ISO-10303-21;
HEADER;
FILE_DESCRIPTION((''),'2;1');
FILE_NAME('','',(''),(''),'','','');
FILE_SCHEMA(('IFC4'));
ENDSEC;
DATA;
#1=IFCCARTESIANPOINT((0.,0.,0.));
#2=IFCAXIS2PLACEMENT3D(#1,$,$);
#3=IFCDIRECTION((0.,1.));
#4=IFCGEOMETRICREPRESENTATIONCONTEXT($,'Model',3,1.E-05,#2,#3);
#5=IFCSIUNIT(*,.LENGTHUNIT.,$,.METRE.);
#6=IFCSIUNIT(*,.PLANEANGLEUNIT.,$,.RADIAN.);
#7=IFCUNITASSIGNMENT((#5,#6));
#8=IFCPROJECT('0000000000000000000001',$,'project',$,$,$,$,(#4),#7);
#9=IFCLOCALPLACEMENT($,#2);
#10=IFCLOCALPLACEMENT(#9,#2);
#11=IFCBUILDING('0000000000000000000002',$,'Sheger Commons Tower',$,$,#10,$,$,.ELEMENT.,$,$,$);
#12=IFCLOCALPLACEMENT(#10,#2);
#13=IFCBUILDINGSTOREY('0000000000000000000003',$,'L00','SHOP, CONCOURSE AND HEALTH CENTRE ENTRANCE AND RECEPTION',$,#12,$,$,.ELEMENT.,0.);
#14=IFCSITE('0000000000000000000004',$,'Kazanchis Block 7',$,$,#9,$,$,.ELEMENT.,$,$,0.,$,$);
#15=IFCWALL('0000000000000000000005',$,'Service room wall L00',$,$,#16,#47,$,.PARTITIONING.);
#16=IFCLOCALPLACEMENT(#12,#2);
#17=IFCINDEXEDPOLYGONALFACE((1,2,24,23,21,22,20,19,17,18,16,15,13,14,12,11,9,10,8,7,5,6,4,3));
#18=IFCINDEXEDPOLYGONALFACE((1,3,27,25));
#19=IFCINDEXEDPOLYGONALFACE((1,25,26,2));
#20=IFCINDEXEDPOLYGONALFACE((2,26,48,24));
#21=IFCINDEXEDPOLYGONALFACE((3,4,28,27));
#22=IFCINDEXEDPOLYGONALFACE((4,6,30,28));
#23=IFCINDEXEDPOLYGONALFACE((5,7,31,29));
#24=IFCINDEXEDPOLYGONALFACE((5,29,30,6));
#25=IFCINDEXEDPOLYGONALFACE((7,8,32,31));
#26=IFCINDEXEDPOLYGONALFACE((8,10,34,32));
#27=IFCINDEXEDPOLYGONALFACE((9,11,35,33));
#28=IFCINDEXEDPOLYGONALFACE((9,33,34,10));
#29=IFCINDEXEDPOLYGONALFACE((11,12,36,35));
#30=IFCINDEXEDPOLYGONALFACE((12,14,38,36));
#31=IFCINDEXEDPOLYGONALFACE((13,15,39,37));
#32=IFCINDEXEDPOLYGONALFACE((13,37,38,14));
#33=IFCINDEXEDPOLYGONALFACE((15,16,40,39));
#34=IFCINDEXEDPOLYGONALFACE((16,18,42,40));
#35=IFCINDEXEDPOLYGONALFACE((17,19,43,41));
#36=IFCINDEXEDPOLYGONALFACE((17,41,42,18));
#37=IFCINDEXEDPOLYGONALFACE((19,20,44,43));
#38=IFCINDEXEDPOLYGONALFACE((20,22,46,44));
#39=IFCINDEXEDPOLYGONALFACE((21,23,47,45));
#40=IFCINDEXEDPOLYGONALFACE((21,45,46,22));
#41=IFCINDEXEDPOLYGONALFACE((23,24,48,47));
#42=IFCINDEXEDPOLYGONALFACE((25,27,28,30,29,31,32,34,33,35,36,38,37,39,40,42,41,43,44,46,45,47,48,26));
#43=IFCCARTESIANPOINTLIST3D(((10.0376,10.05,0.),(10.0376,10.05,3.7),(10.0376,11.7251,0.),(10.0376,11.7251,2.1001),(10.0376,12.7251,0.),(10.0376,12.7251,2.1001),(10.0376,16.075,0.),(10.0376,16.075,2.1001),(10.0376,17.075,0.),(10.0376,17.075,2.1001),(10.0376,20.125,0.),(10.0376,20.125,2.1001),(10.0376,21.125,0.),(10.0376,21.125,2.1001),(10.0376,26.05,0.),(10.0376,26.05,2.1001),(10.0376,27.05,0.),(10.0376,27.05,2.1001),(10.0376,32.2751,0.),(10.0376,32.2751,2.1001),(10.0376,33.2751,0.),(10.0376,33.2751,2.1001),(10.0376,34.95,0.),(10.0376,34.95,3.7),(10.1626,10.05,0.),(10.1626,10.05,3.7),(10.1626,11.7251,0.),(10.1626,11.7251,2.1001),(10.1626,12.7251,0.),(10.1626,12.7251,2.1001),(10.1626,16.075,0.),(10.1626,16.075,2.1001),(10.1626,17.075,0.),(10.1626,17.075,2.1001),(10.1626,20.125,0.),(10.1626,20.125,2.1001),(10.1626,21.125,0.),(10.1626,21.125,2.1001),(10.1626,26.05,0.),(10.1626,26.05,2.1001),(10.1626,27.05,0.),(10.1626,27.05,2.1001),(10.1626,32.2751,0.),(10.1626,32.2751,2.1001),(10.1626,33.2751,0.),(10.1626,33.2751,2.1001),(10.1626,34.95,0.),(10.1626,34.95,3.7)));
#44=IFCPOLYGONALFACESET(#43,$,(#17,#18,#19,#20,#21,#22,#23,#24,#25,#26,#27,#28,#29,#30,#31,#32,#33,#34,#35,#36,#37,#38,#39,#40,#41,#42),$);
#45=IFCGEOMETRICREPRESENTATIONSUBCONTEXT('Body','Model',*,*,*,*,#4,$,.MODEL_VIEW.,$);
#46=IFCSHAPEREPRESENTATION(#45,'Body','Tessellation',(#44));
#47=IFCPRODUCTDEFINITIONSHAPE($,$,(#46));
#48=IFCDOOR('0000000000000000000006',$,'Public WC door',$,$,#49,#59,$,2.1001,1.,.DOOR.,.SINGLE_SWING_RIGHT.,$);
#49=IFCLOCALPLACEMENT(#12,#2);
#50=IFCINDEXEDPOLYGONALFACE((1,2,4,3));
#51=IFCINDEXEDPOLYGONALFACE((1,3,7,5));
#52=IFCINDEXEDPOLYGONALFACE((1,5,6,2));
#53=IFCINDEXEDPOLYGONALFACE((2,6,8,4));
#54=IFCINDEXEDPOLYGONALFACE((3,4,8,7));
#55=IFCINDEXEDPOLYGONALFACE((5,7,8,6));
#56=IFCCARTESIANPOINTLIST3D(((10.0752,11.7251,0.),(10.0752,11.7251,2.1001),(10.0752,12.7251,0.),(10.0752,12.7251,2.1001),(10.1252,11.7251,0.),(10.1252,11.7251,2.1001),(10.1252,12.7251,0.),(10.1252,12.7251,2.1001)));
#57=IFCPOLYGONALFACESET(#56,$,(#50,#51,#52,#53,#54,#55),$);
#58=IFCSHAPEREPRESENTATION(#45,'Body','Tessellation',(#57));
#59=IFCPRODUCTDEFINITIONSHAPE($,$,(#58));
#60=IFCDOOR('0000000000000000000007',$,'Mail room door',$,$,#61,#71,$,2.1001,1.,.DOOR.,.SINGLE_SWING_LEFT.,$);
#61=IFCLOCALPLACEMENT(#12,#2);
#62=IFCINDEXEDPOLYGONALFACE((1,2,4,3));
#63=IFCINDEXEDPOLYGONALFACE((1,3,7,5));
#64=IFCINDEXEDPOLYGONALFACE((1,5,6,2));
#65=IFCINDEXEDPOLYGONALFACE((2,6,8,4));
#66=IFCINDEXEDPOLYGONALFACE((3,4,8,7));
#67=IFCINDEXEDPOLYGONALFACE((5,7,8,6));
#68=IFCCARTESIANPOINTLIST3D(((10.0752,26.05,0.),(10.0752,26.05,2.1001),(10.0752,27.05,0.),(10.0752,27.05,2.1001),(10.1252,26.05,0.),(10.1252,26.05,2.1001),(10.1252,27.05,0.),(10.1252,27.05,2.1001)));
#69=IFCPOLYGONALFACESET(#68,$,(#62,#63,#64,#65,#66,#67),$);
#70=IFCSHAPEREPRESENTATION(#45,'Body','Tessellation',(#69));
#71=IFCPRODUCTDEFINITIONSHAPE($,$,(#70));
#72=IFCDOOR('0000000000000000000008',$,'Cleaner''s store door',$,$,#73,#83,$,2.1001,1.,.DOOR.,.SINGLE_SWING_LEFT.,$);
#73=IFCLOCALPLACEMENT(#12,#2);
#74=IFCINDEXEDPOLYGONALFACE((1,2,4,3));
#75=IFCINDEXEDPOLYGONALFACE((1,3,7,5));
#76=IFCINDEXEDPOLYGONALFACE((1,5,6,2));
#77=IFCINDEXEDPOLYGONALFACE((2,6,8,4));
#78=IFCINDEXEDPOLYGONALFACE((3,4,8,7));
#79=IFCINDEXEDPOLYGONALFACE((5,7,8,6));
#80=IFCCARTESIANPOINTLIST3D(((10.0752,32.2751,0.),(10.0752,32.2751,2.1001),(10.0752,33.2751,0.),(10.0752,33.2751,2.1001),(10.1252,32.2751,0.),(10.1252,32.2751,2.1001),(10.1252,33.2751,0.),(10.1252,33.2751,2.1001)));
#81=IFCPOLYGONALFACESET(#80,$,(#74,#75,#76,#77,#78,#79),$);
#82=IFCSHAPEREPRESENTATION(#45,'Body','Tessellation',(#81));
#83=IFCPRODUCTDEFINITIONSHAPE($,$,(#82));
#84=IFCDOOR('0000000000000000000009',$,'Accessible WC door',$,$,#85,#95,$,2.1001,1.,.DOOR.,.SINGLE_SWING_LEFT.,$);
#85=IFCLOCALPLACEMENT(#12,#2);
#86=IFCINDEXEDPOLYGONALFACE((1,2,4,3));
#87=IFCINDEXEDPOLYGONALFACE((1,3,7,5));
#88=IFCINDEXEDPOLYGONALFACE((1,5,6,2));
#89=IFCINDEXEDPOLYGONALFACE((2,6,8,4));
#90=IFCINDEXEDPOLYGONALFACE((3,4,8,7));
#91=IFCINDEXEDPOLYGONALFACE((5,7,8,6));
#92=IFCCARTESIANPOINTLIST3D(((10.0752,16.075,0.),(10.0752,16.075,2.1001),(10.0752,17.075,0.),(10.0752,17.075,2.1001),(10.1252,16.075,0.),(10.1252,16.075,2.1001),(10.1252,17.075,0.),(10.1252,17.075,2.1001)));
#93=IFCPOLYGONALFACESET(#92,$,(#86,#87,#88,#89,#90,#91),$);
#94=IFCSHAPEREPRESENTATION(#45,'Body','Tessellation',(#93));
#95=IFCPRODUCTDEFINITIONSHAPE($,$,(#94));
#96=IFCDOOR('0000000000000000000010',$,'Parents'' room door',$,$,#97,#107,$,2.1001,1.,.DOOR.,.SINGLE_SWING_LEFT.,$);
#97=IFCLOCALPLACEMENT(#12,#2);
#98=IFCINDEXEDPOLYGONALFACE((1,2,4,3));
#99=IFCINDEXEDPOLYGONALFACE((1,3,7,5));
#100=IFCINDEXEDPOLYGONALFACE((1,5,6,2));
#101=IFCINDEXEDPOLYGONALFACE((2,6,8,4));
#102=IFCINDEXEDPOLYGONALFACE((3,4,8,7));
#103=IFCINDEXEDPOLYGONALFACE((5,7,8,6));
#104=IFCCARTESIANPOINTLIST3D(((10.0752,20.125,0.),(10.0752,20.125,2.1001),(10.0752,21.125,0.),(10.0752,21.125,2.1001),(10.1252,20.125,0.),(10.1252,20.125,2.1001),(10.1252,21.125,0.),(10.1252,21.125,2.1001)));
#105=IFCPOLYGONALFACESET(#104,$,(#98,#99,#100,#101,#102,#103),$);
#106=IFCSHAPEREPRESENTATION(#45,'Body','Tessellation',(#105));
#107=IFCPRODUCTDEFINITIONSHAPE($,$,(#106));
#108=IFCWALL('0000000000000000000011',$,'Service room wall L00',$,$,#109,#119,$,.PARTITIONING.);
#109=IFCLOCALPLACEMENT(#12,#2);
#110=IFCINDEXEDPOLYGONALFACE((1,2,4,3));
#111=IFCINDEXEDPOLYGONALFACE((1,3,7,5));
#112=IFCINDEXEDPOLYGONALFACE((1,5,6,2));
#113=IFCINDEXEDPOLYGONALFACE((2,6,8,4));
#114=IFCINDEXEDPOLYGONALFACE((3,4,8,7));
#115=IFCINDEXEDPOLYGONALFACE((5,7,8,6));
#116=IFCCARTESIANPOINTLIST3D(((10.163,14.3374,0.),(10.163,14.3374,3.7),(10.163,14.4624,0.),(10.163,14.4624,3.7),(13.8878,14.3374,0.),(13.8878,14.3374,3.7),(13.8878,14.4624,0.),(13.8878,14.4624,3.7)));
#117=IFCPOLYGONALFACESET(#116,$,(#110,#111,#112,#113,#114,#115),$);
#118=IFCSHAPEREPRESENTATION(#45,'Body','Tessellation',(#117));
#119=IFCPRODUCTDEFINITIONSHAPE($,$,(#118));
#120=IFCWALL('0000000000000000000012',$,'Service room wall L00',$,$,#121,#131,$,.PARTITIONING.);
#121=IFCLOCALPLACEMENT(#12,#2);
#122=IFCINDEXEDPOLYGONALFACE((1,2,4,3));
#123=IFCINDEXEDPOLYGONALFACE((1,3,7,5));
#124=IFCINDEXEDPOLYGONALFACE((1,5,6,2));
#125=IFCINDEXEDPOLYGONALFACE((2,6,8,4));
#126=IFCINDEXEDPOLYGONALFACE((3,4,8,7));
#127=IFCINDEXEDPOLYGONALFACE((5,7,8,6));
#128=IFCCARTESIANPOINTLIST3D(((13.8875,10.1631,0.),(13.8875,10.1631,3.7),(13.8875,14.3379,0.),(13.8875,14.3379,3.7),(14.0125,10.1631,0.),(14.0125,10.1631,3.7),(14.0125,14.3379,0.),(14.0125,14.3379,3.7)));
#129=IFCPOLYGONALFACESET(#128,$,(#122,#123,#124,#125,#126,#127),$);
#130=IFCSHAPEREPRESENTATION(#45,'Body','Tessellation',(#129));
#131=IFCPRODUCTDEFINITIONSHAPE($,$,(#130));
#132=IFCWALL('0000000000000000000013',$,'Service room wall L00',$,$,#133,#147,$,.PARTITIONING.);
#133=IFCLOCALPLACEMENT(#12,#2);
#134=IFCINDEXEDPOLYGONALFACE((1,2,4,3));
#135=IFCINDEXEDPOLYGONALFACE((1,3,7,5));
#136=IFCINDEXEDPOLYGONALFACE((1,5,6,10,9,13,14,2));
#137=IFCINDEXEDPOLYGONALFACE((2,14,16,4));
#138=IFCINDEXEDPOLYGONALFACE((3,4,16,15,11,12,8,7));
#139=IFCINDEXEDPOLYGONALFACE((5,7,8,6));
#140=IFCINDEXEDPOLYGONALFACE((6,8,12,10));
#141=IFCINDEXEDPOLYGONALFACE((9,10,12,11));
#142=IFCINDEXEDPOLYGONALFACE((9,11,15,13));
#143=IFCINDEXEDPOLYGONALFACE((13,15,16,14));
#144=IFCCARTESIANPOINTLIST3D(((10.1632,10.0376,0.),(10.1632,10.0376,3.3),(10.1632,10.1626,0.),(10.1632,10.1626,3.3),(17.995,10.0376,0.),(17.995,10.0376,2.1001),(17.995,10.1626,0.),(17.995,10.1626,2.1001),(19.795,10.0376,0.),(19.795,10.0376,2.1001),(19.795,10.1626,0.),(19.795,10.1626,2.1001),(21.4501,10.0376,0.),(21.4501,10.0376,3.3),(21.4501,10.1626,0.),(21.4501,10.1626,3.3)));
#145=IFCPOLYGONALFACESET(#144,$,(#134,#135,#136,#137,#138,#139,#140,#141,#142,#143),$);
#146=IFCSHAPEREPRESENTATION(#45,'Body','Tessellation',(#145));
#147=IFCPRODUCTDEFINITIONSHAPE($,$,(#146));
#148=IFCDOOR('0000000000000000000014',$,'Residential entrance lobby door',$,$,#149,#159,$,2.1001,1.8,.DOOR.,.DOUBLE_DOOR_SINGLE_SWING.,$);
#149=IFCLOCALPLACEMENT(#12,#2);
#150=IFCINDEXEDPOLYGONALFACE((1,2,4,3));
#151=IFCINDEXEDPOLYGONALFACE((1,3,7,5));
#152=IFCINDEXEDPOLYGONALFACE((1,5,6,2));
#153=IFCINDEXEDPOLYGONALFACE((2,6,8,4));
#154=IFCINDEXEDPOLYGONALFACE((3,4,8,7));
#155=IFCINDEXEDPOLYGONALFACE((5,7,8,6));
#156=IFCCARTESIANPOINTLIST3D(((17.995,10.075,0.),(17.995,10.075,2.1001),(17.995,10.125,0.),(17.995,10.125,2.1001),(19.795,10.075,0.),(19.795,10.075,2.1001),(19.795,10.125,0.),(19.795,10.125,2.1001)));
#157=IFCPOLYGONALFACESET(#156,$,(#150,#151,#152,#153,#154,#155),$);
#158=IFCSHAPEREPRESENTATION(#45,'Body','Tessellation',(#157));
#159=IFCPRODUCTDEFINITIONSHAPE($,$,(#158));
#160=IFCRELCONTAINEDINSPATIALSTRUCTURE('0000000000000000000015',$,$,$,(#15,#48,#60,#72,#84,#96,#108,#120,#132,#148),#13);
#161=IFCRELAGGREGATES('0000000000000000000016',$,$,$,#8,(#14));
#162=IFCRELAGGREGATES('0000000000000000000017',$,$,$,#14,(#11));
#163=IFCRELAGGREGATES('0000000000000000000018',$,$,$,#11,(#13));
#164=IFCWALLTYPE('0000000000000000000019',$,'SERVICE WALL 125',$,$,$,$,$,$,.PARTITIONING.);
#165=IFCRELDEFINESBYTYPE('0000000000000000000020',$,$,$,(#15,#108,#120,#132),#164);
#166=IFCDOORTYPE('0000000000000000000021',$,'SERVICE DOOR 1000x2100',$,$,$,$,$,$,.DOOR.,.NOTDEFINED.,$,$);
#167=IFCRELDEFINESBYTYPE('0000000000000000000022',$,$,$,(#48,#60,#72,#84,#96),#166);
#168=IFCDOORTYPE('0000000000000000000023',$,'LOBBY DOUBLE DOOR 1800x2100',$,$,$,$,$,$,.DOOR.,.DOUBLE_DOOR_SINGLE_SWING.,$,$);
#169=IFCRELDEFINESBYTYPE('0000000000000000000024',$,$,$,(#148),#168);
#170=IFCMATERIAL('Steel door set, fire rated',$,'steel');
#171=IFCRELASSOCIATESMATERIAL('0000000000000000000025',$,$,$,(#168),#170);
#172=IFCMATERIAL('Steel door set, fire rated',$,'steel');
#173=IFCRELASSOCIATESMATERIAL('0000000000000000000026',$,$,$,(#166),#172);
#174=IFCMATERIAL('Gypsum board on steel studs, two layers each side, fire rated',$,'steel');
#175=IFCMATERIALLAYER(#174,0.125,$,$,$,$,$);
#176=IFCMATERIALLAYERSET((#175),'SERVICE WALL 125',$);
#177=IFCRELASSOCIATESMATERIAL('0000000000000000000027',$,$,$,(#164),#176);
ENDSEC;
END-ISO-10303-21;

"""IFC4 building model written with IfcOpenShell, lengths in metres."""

from ifc_helpers import new_model, si_unit, direction, frame, frame_2d, origin, place, context, subcontext, project, spatial, rectangle, extrude, material, layer, layer_set, type_object, element, fill, save


model = new_model("IFC4")

# Units and contexts
model_context = context("Model", 3, precision=1e-05, world=origin(), true_north=direction((0.0, 1.0)))
body_context = subcontext(model_context, "Body", "Model", "MODEL_VIEW")
ifc_project = project(units=[si_unit("LENGTHUNIT", "METRE"), si_unit("PLANEANGLEUNIT", "RADIAN")], contexts=[model_context])

# Site, building, storey
site_placement = place(None, origin())
site = spatial("IfcSite", under=ifc_project, at=site_placement, Name="Kazanchis Block 7", CompositionType="ELEMENT", RefElevation=0.0)
building_placement = place(site_placement, origin())
building = spatial("IfcBuilding", under=site, at=building_placement, Name="Sheger Commons Tower", CompositionType="ELEMENT")
storey_placement = place(building_placement, origin())
storey = spatial("IfcBuildingStorey", under=building, at=storey_placement, Name="L00", Description="SHOP, CONCOURSE AND HEALTH CENTRE ENTRANCE AND RECEPTION", CompositionType="ELEMENT", Elevation=0.0)

# Shared definitions
ifc_material_1 = material(Name="Steel door set, fire rated", Category="steel")
door_type_1 = type_object("IfcDoorType", Name="LOBBY DOUBLE DOOR 1800x2100", OperationType="DOUBLE_DOOR_SINGLE_SWING", PredefinedType="DOOR", material=ifc_material_1)

# Shared definitions
ifc_material_2 = material(Name="Steel door set, fire rated", Category="steel")
door_type_2 = type_object("IfcDoorType", Name="SERVICE DOOR 1000x2100", OperationType="NOTDEFINED", PredefinedType="DOOR", material=ifc_material_2)

# Wall, openings, doors
ifc_material_3 = material(Name="Gypsum board on steel studs, two layers each side, fire rated", Category="steel")
ifc_layer_1 = layer(ifc_material_3, 0.125)
ifc_layer_set_1 = layer_set([ifc_layer_1], Name="SERVICE WALL 125")
wall_type_1 = type_object("IfcWallType", Name="SERVICE WALL 125", PredefinedType="PARTITIONING", material=ifc_layer_set_1)
wall_1_placement = place(storey_placement, frame((10.1001, 10.05, 0.0), z_axis=(0.0, 0.0, 1.0), x_axis=(0.0, 1.0, 0.0)))
wall_1 = element("IfcWall", 1, at=wall_1_placement, inside=storey, type_object=wall_type_1, Name="Service room wall L00", PredefinedType="PARTITIONING", context=body_context, shape_type="SweptSolid", body=[
    extrude(rectangle(XDim=24.8999, YDim=0.125, at=frame_2d((12.45, 0.0))), origin(), (0.0, 0.0, 1.0), 3.7),
])
opening_1_placement = place(wall_1_placement, frame((1.675, 0.0, 0.0)))
opening_1 = element("IfcOpeningElement", 2, at=opening_1_placement, cuts=wall_1, PredefinedType="OPENING", context=body_context, shape_type="SweptSolid", body=[
    extrude(rectangle(XDim=1.0, YDim=2.1001, at=frame_2d((0.5, 1.05))), frame((0.0, 0.0725, 0.0), z_axis=(0.0, -1.0, 0.0), x_axis=(1.0, 0.0, 0.0)), (0.0, 0.0, 1.0), 0.145),
])
opening_2_placement = place(wall_1_placement, frame((16.0, 0.0, 0.0)))
opening_2 = element("IfcOpeningElement", 3, at=opening_2_placement, cuts=wall_1, PredefinedType="OPENING", context=body_context, shape_type="SweptSolid", body=[
    extrude(rectangle(XDim=1.0, YDim=2.1001, at=frame_2d((0.5, 1.05))), frame((0.0, 0.0725, 0.0), z_axis=(0.0, -1.0, 0.0), x_axis=(1.0, 0.0, 0.0)), (0.0, 0.0, 1.0), 0.145),
])
opening_3_placement = place(wall_1_placement, frame((22.2251, 0.0, 0.0)))
opening_3 = element("IfcOpeningElement", 4, at=opening_3_placement, cuts=wall_1, PredefinedType="OPENING", context=body_context, shape_type="SweptSolid", body=[
    extrude(rectangle(XDim=1.0, YDim=2.1001, at=frame_2d((0.5, 1.05))), frame((0.0, 0.0725, 0.0), z_axis=(0.0, -1.0, 0.0), x_axis=(1.0, 0.0, 0.0)), (0.0, 0.0, 1.0), 0.145),
])
opening_4_placement = place(wall_1_placement, frame((6.0249, 0.0, 0.0)))
opening_4 = element("IfcOpeningElement", 5, at=opening_4_placement, cuts=wall_1, PredefinedType="OPENING", context=body_context, shape_type="SweptSolid", body=[
    extrude(rectangle(XDim=1.0, YDim=2.1001, at=frame_2d((0.5, 1.05))), frame((0.0, 0.0725, 0.0), z_axis=(0.0, -1.0, 0.0), x_axis=(1.0, 0.0, 0.0)), (0.0, 0.0, 1.0), 0.145),
])
opening_5_placement = place(wall_1_placement, frame((10.075, 0.0, 0.0)))
opening_5 = element("IfcOpeningElement", 6, at=opening_5_placement, cuts=wall_1, PredefinedType="OPENING", context=body_context, shape_type="SweptSolid", body=[
    extrude(rectangle(XDim=1.0, YDim=2.1001, at=frame_2d((0.5, 1.05))), frame((0.0, 0.0725, 0.0), z_axis=(0.0, -1.0, 0.0), x_axis=(1.0, 0.0, 0.0)), (0.0, 0.0, 1.0), 0.145),
])
door_1_placement = place(opening_1_placement, origin())
door_1 = element("IfcDoor", 7, at=door_1_placement, inside=storey, type_object=door_type_2, Name="Public WC door", OperationType="SINGLE_SWING_RIGHT", OverallHeight=2.1001, OverallWidth=1.0, PredefinedType="DOOR", context=body_context, shape_type="SweptSolid", body=[
    extrude(rectangle(XDim=1.0, YDim=2.1001, at=frame_2d((0.5, 1.05))), frame((0.0, 0.0249, 0.0), z_axis=(0.0, -1.0, 0.0), x_axis=(1.0, 0.0, 0.0)), (0.0, 0.0, 1.0), 0.05),
])
fill(opening_1, door_1)
door_2_placement = place(opening_2_placement, origin())
door_2 = element("IfcDoor", 8, at=door_2_placement, inside=storey, type_object=door_type_2, Name="Mail room door", OperationType="SINGLE_SWING_LEFT", OverallHeight=2.1001, OverallWidth=1.0, PredefinedType="DOOR", context=body_context, shape_type="SweptSolid", body=[
    extrude(rectangle(XDim=1.0, YDim=2.1001, at=frame_2d((0.5, 1.05))), frame((0.0, 0.0249, 0.0), z_axis=(0.0, -1.0, 0.0), x_axis=(1.0, 0.0, 0.0)), (0.0, 0.0, 1.0), 0.05),
])
fill(opening_2, door_2)
door_3_placement = place(opening_3_placement, origin())
door_3 = element("IfcDoor", 9, at=door_3_placement, inside=storey, type_object=door_type_2, Name="Cleaner's store door", OperationType="SINGLE_SWING_LEFT", OverallHeight=2.1001, OverallWidth=1.0, PredefinedType="DOOR", context=body_context, shape_type="SweptSolid", body=[
    extrude(rectangle(XDim=1.0, YDim=2.1001, at=frame_2d((0.5, 1.05))), frame((0.0, 0.0249, 0.0), z_axis=(0.0, -1.0, 0.0), x_axis=(1.0, 0.0, 0.0)), (0.0, 0.0, 1.0), 0.05),
])
fill(opening_3, door_3)
door_4_placement = place(opening_4_placement, origin())
door_4 = element("IfcDoor", 10, at=door_4_placement, inside=storey, type_object=door_type_2, Name="Accessible WC door", OperationType="SINGLE_SWING_LEFT", OverallHeight=2.1001, OverallWidth=1.0, PredefinedType="DOOR", context=body_context, shape_type="SweptSolid", body=[
    extrude(rectangle(XDim=1.0, YDim=2.1001, at=frame_2d((0.5, 1.05))), frame((0.0, 0.0249, 0.0), z_axis=(0.0, -1.0, 0.0), x_axis=(1.0, 0.0, 0.0)), (0.0, 0.0, 1.0), 0.05),
])
fill(opening_4, door_4)
door_5_placement = place(opening_5_placement, origin())
door_5 = element("IfcDoor", 11, at=door_5_placement, inside=storey, type_object=door_type_2, Name="Parents' room door", OperationType="SINGLE_SWING_LEFT", OverallHeight=2.1001, OverallWidth=1.0, PredefinedType="DOOR", context=body_context, shape_type="SweptSolid", body=[
    extrude(rectangle(XDim=1.0, YDim=2.1001, at=frame_2d((0.5, 1.05))), frame((0.0, 0.0249, 0.0), z_axis=(0.0, -1.0, 0.0), x_axis=(1.0, 0.0, 0.0)), (0.0, 0.0, 1.0), 0.05),
])
fill(opening_5, door_5)

# Walls
wall_2_placement = place(storey_placement, frame((10.1631, 14.3999, 0.0), z_axis=(0.0, 0.0, 1.0), x_axis=(1.0, 0.0, 0.0)))
element("IfcWall", 12, at=wall_2_placement, inside=storey, type_object=wall_type_1, Name="Service room wall L00", PredefinedType="PARTITIONING", context=body_context, shape_type="SweptSolid", body=[
    extrude(rectangle(XDim=3.7249, YDim=0.125, at=frame_2d((1.8623, 0.0))), origin(), (0.0, 0.0, 1.0), 3.7),
])
wall_3_placement = place(storey_placement, frame((13.95, 10.1631, 0.0), z_axis=(0.0, 0.0, 1.0), x_axis=(0.0, 1.0, 0.0)))
element("IfcWall", 13, at=wall_3_placement, inside=storey, type_object=wall_type_1, Name="Service room wall L00", PredefinedType="PARTITIONING", context=body_context, shape_type="SweptSolid", body=[
    extrude(rectangle(XDim=4.1748, YDim=0.125, at=frame_2d((2.0874, 0.0))), origin(), (0.0, 0.0, 1.0), 3.7),
])

# Wall, opening, door
wall_4_placement = place(storey_placement, frame((10.1631, 10.1001, 0.0), z_axis=(0.0, 0.0, 1.0), x_axis=(1.0, 0.0, 0.0)))
wall_4 = element("IfcWall", 14, at=wall_4_placement, inside=storey, type_object=wall_type_1, Name="Service room wall L00", PredefinedType="PARTITIONING", context=body_context, shape_type="SweptSolid", body=[
    extrude(rectangle(XDim=11.2869, YDim=0.125, at=frame_2d((5.6436, 0.0))), origin(), (0.0, 0.0, 1.0), 3.3),
])
opening_6_placement = place(wall_4_placement, frame((7.832, 0.0, 0.0)))
opening_6 = element("IfcOpeningElement", 15, at=opening_6_placement, cuts=wall_4, PredefinedType="OPENING", context=body_context, shape_type="SweptSolid", body=[
    extrude(rectangle(XDim=1.8, YDim=2.1001, at=frame_2d((0.8999, 1.05))), frame((0.0, 0.0725, 0.0), z_axis=(0.0, -1.0, 0.0), x_axis=(1.0, 0.0, 0.0)), (0.0, 0.0, 1.0), 0.145),
])
door_6_placement = place(opening_6_placement, origin())
door_6 = element("IfcDoor", 16, at=door_6_placement, inside=storey, type_object=door_type_1, Name="Residential entrance lobby door", OperationType="DOUBLE_DOOR_SINGLE_SWING", OverallHeight=2.1001, OverallWidth=1.8, PredefinedType="DOOR", context=body_context, shape_type="SweptSolid", body=[
    extrude(rectangle(XDim=1.8, YDim=2.1001, at=frame_2d((0.8999, 1.05))), frame((0.0, 0.0249, 0.0), z_axis=(0.0, -1.0, 0.0), x_axis=(1.0, 0.0, 0.0)), (0.0, 0.0, 1.0), 0.05),
])
fill(opening_6, door_6)

save(model, "model.ifc")
